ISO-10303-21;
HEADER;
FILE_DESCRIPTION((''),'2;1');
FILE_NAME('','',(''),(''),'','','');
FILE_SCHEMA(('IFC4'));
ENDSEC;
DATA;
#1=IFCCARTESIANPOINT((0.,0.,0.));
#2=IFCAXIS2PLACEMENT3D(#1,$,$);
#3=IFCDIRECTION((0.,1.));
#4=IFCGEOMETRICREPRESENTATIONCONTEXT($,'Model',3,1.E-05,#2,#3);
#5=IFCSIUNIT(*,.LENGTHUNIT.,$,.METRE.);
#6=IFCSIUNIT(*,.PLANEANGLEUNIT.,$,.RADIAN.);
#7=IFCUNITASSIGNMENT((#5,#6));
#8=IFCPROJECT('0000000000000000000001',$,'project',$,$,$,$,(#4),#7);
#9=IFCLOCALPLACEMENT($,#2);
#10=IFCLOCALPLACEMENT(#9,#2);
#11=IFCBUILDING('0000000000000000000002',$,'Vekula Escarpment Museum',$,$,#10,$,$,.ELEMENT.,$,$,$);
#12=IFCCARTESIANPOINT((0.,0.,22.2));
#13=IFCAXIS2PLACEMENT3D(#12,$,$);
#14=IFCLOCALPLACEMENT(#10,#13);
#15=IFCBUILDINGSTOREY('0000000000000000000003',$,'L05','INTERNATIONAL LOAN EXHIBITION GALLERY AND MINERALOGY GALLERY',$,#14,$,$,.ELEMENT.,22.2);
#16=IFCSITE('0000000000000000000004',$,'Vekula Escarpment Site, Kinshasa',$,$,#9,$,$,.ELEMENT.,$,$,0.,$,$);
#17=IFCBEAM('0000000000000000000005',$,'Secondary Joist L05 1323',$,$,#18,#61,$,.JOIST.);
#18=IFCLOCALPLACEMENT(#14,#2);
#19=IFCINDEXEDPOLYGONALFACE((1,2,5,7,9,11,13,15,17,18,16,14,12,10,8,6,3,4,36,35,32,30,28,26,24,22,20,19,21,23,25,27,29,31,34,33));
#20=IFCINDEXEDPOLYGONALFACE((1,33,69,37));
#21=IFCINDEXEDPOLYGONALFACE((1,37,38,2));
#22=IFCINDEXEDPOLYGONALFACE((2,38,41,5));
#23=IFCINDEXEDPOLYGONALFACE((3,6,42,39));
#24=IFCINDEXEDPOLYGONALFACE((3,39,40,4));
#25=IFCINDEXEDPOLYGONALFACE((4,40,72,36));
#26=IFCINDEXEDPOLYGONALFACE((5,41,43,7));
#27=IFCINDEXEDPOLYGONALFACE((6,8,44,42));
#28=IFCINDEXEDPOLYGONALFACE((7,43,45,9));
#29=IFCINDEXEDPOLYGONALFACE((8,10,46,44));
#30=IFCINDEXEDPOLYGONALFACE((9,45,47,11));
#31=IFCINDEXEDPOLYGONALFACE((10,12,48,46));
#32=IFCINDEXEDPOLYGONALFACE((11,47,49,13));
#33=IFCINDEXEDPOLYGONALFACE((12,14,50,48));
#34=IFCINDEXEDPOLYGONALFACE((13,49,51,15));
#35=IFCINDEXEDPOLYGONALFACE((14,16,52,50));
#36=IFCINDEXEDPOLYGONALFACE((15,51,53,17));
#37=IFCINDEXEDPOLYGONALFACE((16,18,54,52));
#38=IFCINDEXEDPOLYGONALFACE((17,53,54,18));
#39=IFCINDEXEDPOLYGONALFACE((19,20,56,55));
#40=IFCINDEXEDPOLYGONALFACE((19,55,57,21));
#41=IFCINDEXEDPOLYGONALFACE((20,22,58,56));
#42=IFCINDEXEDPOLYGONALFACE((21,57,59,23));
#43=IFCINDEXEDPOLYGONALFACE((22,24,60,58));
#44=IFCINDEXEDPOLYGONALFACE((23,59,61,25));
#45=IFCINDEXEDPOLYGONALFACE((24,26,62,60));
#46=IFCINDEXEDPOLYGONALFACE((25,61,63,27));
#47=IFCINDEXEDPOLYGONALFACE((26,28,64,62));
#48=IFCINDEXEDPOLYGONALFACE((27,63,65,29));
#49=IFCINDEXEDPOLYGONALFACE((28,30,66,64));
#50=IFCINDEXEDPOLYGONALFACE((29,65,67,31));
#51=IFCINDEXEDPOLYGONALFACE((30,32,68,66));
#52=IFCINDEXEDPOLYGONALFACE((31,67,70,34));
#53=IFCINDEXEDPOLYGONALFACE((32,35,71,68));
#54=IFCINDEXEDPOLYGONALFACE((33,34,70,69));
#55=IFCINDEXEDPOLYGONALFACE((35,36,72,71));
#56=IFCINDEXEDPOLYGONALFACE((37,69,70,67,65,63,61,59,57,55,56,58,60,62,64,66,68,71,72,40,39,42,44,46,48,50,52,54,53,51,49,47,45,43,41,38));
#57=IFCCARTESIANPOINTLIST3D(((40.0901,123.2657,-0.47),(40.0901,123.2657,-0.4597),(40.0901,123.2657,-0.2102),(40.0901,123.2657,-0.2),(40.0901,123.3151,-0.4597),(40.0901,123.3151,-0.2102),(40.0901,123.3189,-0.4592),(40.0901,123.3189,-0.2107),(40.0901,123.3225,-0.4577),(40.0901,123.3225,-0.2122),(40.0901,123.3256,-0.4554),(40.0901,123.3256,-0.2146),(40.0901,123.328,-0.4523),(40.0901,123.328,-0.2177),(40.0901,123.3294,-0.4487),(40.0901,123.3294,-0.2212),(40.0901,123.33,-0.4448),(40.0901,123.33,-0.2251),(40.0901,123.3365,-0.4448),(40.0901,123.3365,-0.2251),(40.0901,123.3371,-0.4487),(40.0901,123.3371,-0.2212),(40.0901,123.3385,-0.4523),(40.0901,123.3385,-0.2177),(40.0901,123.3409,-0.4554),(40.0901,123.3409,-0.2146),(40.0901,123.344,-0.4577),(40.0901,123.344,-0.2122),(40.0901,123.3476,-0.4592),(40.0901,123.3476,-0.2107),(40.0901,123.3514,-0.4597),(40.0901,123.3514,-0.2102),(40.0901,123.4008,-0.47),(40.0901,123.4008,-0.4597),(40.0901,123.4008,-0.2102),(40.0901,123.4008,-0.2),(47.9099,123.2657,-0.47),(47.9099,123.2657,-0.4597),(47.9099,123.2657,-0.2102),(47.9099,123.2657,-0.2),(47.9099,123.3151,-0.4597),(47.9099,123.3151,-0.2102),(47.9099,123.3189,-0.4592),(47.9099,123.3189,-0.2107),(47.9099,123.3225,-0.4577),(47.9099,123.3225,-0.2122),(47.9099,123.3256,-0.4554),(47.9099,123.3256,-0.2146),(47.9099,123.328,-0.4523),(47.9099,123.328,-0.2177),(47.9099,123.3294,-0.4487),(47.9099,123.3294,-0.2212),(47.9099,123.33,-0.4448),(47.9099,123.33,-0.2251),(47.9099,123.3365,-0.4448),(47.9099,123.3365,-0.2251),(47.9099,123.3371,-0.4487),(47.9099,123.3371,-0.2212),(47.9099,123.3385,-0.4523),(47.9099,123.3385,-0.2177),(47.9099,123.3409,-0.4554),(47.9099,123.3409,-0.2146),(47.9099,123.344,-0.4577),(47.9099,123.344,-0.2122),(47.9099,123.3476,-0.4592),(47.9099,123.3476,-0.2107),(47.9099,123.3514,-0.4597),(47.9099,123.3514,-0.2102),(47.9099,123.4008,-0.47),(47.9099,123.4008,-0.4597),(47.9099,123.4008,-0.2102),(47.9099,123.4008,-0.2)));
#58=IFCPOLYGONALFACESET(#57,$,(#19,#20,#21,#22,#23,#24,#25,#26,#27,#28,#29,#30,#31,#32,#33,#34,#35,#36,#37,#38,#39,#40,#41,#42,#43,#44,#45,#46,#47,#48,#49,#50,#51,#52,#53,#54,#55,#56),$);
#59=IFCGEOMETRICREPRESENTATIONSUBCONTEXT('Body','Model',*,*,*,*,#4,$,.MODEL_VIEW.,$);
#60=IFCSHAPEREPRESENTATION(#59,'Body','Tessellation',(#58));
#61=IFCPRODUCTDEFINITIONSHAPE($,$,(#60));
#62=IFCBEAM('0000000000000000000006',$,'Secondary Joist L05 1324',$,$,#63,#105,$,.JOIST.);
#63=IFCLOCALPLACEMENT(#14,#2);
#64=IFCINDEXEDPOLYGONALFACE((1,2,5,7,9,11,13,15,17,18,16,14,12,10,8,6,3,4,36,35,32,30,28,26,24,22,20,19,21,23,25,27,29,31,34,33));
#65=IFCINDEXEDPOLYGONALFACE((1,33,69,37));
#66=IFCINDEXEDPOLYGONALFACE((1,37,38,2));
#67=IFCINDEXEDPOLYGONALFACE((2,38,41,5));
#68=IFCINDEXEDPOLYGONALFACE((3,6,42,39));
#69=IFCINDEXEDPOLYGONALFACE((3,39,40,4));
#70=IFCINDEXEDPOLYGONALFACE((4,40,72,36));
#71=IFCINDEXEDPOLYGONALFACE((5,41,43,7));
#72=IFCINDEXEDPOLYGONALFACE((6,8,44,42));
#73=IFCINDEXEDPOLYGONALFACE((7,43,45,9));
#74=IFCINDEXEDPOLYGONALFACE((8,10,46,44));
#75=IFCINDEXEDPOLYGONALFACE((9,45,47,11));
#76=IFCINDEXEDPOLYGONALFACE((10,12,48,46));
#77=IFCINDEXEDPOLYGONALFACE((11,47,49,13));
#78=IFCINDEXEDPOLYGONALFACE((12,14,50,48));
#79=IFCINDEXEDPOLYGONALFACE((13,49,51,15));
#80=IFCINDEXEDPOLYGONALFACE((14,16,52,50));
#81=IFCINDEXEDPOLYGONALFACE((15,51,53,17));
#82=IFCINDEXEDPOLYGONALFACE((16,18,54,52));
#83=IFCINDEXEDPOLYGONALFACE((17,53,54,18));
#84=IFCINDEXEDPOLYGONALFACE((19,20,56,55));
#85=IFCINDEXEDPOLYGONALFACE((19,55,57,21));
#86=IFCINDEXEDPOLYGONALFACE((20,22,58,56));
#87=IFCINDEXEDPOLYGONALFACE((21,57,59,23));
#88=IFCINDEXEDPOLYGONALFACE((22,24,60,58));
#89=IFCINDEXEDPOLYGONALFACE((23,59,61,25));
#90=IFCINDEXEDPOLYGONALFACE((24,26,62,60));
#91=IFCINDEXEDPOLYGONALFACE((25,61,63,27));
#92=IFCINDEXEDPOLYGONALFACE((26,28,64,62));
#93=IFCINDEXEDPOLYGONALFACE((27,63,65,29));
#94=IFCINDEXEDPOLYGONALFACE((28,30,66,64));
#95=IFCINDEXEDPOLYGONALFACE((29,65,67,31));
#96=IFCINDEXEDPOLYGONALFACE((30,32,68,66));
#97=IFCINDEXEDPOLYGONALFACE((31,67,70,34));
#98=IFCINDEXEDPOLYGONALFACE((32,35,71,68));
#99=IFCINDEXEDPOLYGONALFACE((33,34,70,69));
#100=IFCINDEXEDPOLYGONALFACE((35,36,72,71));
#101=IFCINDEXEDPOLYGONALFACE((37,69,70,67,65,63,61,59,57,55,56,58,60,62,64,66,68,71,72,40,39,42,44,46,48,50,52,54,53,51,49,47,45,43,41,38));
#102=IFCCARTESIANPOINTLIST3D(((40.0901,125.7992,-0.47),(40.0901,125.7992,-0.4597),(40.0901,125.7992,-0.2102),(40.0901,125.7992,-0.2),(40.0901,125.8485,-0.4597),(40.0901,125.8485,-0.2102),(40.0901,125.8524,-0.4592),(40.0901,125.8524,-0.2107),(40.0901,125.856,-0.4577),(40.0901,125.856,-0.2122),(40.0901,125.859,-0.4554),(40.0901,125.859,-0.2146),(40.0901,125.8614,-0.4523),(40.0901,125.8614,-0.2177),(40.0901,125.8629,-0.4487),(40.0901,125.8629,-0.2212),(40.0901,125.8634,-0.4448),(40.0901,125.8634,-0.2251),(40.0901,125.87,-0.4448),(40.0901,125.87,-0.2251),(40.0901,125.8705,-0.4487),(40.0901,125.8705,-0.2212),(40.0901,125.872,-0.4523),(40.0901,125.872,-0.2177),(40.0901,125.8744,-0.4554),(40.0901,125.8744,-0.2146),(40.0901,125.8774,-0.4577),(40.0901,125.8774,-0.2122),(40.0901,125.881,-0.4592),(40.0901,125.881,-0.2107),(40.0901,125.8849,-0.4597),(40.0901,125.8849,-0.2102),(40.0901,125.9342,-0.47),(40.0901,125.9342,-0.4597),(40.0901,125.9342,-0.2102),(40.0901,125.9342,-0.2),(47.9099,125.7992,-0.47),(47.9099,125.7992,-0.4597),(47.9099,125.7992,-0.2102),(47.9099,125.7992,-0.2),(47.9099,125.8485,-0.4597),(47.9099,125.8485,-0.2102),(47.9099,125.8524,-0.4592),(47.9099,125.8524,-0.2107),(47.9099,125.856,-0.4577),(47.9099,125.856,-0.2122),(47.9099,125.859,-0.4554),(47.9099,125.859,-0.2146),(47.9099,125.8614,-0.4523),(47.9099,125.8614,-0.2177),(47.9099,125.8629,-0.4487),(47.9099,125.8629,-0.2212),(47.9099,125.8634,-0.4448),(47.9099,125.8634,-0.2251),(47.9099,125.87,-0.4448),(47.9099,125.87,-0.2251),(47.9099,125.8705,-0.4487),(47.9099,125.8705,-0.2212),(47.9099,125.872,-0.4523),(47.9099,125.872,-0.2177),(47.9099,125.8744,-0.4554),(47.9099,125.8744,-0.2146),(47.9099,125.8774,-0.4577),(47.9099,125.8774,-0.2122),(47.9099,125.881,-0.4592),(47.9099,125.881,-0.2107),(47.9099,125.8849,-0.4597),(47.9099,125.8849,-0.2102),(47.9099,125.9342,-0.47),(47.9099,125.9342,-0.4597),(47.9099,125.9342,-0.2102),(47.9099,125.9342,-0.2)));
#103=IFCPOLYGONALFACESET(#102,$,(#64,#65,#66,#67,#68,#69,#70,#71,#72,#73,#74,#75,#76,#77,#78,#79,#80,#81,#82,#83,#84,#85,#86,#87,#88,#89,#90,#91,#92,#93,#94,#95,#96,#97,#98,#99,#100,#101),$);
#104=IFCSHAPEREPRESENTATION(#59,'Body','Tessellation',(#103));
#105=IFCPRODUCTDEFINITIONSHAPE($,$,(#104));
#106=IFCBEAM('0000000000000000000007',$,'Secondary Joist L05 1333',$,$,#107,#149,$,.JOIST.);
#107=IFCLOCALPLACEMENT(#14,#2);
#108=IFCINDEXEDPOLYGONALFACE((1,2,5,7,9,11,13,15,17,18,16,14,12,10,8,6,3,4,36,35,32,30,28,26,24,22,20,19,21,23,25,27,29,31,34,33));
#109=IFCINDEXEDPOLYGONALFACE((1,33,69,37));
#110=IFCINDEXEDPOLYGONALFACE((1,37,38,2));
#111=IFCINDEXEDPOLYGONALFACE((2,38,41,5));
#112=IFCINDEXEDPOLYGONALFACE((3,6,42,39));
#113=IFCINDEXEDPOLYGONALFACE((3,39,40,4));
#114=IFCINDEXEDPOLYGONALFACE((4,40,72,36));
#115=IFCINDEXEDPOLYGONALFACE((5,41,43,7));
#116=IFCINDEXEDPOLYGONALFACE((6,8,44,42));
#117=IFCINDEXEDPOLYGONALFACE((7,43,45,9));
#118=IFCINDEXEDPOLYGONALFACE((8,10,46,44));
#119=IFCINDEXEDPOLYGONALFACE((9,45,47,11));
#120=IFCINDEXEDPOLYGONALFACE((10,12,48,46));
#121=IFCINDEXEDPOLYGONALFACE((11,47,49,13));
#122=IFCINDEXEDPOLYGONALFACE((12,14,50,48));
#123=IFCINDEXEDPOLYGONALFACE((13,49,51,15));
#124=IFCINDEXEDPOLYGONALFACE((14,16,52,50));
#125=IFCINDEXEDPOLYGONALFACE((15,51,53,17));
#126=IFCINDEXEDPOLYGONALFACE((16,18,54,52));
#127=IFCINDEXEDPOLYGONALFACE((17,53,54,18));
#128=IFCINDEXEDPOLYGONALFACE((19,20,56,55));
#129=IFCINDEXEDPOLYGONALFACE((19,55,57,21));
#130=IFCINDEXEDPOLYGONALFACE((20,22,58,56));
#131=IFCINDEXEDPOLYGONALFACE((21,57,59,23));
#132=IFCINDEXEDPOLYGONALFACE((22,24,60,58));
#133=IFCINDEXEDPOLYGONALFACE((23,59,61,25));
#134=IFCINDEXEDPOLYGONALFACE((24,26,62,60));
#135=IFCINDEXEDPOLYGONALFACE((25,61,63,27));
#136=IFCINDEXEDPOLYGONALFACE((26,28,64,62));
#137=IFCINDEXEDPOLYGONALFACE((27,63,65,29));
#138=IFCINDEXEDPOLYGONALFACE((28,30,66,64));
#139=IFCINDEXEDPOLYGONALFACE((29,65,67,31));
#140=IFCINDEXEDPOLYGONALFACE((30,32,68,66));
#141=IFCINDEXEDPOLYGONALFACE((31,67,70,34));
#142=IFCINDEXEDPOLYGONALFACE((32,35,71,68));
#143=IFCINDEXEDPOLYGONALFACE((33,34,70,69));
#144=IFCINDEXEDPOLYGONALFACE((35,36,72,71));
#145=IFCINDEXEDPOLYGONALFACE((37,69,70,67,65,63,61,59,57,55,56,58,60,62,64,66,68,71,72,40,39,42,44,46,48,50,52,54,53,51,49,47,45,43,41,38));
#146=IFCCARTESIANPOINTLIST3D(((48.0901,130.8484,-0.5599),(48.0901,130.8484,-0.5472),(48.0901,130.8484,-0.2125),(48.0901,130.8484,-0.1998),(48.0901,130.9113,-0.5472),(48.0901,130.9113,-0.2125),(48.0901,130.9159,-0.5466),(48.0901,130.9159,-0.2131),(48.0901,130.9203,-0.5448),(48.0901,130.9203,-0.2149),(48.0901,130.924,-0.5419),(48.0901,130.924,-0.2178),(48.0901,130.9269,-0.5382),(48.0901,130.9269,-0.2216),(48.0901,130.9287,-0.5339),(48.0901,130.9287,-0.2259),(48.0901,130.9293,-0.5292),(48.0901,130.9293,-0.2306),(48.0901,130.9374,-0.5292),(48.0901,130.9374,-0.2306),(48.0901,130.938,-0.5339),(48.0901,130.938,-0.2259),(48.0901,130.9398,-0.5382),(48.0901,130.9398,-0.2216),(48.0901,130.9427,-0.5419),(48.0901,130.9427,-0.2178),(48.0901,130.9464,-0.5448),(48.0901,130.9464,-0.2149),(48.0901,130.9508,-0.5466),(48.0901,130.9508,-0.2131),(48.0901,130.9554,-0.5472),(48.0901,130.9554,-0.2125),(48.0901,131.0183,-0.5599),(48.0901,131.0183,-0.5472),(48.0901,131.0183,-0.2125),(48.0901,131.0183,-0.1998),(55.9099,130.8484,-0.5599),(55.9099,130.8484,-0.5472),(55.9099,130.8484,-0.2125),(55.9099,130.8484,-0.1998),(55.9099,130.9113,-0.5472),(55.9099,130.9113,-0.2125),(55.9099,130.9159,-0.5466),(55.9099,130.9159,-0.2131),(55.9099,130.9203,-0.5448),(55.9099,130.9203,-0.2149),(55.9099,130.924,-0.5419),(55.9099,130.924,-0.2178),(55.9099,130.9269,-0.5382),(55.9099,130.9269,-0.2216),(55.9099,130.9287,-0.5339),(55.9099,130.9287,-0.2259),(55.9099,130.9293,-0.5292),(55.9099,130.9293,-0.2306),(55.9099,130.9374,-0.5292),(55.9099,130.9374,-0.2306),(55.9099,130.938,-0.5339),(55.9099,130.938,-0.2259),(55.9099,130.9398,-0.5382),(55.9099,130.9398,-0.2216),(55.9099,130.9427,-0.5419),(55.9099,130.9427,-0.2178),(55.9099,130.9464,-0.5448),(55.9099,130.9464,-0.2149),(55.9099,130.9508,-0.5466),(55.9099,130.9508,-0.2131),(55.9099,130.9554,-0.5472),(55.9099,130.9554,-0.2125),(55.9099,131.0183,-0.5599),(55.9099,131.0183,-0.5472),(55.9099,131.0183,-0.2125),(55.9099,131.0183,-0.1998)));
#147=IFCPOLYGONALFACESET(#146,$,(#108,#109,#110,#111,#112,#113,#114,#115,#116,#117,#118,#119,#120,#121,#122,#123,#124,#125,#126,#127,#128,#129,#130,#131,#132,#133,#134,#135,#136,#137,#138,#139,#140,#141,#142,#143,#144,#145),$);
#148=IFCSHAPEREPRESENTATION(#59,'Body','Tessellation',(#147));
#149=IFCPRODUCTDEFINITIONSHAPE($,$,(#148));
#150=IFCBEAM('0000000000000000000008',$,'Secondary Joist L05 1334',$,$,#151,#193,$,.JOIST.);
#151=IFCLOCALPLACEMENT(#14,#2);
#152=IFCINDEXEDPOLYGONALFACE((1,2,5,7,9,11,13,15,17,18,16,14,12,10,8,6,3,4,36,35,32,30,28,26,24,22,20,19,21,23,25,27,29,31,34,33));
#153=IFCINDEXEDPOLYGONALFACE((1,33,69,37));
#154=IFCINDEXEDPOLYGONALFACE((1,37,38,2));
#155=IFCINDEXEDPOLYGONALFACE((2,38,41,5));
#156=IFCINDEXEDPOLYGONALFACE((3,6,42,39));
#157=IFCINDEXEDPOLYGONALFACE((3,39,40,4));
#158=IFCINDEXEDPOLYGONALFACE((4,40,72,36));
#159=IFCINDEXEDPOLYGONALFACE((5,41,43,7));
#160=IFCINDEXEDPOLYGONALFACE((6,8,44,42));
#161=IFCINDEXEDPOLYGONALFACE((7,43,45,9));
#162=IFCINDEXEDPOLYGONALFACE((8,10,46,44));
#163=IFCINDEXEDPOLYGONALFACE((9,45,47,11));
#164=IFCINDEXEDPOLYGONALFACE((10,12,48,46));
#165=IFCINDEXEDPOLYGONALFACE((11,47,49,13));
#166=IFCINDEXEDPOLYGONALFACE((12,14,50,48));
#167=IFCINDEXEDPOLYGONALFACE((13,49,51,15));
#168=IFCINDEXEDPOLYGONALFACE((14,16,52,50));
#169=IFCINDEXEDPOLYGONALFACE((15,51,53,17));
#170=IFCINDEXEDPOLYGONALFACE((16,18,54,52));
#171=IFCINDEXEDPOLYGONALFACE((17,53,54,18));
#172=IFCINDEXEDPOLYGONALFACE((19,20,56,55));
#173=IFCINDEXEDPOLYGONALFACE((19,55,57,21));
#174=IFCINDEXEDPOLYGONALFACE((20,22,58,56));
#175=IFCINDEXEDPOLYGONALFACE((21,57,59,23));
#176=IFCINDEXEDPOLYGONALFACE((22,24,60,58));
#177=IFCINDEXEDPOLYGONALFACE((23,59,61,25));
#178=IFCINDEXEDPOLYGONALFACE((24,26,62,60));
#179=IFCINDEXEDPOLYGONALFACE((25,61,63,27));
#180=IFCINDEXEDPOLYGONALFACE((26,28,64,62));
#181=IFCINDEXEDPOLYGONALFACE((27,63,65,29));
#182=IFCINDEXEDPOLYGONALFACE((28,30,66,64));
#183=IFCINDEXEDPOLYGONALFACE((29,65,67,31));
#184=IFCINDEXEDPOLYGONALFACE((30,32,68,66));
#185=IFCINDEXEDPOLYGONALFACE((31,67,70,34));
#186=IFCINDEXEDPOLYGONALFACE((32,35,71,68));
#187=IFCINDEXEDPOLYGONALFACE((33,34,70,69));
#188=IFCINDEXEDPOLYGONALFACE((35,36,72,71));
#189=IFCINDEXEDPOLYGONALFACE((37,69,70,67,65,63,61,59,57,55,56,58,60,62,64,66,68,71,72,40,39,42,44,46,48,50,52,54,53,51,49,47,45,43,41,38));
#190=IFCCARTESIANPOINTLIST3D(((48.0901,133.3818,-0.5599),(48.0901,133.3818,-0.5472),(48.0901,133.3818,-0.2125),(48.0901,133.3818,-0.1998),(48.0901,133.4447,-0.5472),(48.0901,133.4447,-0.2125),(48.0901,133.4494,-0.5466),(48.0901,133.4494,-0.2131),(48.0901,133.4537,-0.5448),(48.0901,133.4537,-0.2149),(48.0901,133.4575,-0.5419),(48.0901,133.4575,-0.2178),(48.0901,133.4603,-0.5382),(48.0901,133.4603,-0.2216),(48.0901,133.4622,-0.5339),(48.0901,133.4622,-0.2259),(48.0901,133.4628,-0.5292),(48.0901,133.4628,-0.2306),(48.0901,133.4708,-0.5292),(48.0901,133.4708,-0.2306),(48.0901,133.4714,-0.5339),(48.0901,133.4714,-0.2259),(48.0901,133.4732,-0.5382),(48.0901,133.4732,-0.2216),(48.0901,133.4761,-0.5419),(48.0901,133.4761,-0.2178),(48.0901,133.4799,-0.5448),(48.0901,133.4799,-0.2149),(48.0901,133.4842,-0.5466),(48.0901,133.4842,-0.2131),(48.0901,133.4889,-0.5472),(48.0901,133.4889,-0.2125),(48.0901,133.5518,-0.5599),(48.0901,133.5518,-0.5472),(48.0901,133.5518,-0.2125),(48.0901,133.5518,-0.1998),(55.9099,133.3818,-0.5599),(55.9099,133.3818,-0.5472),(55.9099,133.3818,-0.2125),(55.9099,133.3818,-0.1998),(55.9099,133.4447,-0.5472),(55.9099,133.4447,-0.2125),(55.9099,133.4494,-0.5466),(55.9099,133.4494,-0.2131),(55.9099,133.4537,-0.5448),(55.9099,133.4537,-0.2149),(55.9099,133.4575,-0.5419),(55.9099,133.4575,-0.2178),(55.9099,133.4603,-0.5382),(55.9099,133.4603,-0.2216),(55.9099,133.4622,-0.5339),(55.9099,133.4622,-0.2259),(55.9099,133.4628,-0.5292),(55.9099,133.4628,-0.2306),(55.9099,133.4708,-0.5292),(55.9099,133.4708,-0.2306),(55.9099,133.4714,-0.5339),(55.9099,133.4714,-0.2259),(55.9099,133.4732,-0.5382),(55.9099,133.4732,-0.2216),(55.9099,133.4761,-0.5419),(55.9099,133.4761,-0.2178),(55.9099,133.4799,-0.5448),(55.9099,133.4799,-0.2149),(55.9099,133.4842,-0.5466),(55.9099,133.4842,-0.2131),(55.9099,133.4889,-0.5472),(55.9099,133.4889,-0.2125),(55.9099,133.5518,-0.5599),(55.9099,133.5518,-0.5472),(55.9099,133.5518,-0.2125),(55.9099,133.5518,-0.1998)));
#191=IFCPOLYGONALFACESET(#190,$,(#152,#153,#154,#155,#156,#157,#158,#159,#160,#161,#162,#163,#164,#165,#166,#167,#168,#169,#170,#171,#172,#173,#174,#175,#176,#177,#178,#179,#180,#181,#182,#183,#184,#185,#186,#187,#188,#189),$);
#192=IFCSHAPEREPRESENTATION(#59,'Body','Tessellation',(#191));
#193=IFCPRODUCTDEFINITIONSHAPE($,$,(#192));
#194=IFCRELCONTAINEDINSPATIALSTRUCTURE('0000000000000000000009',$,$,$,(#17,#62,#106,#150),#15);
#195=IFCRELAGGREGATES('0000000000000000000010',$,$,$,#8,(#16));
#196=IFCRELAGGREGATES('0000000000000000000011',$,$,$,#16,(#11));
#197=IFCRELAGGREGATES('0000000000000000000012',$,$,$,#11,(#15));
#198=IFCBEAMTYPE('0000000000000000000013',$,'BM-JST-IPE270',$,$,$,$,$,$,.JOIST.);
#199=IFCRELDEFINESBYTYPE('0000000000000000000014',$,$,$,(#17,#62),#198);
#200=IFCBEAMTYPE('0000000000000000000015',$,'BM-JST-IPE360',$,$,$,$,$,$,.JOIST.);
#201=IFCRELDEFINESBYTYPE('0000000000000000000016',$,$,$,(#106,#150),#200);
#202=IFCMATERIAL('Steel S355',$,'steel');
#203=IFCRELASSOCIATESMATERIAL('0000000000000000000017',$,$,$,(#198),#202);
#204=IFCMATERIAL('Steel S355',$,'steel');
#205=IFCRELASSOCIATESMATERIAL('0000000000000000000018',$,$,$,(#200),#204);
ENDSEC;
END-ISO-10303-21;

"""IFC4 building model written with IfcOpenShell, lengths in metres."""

from ifc_helpers import new_model, si_unit, direction, frame, origin, origin_2d, place, context, subcontext, project, spatial, i_section, extrude, material, material_profile, profile_set, type_object, element, save


model = new_model("IFC4")

# Units and contexts
model_context = context("Model", 3, precision=1e-05, world=origin(), true_north=direction((0.0, 1.0)))
body_context = subcontext(model_context, "Body", "Model", "MODEL_VIEW")
ifc_project = project(units=[si_unit("LENGTHUNIT", "METRE"), si_unit("PLANEANGLEUNIT", "RADIAN")], contexts=[model_context])

# Site, building, storey
site_placement = place(None, origin())
site = spatial("IfcSite", under=ifc_project, at=site_placement, Name="Vekula Escarpment Site, Kinshasa", CompositionType="ELEMENT", RefElevation=0.0)
building_placement = place(site_placement, origin())
building = spatial("IfcBuilding", under=site, at=building_placement, Name="Vekula Escarpment Museum", CompositionType="ELEMENT")
storey_placement = place(building_placement, frame((0.0, 0.0, 22.2)))
storey = spatial("IfcBuildingStorey", under=building, at=storey_placement, Name="L05", Description="INTERNATIONAL LOAN EXHIBITION GALLERY AND MINERALOGY GALLERY", CompositionType="ELEMENT", Elevation=22.2)

# Beams
ifc_material_1 = material(Name="Steel S355", Category="steel")
ifc_material_profile_1 = material_profile(ifc_material_1, i_section(OverallWidth=0.135, OverallDepth=0.27, WebThickness=0.0066, FlangeThickness=0.0103, FilletRadius=0.0149, at=origin_2d()), Name="IPE 270")
ifc_profile_set_1 = profile_set([ifc_material_profile_1], Name="Steel S355")
beam_type_1 = type_object("IfcBeamType", Name="BM-JST-IPE270", PredefinedType="JOIST", material=ifc_profile_set_1)
for number, where, z_axis, x_axis, name in (
    (1, (40.0901, 123.3333, -0.335), (1.0, 0.0, 0.0), (0.0, 1.0, 0.0), "Secondary Joist L05 1323"),
    (2, (40.0901, 125.8667, -0.335), (1.0, 0.0, 0.0), (0.0, 1.0, 0.0), "Secondary Joist L05 1324"),
):
    element("IfcBeam", number, at=place(storey_placement, frame(where, z_axis=z_axis, x_axis=x_axis)), inside=storey, type_object=beam_type_1, Name=name, PredefinedType="JOIST", context=body_context, shape_type="SweptSolid", body=[
        extrude(i_section(OverallWidth=0.135, OverallDepth=0.27, WebThickness=0.0066, FlangeThickness=0.0103, FilletRadius=0.0149, at=origin_2d()), origin(), (0.0, 0.0, 1.0), 7.8198),
    ])
ifc_material_2 = material(Name="Steel S355", Category="steel")
ifc_material_profile_2 = material_profile(ifc_material_2, i_section(OverallWidth=0.1699, OverallDepth=0.3601, WebThickness=0.0081, FlangeThickness=0.0127, FilletRadius=0.0181, at=origin_2d()), Name="IPE 360")
ifc_profile_set_2 = profile_set([ifc_material_profile_2], Name="Steel S355")
beam_type_2 = type_object("IfcBeamType", Name="BM-JST-IPE360", PredefinedType="JOIST", material=ifc_profile_set_2)
for number, where, z_axis, x_axis, name in (
    (3, (48.0901, 130.9333, -0.3799), (1.0, 0.0, 0.0), (0.0, 1.0, 0.0), "Secondary Joist L05 1333"),
    (4, (48.0901, 133.4668, -0.3799), (1.0, 0.0, 0.0), (0.0, 1.0, 0.0), "Secondary Joist L05 1334"),
):
    element("IfcBeam", number, at=place(storey_placement, frame(where, z_axis=z_axis, x_axis=x_axis)), inside=storey, type_object=beam_type_2, Name=name, PredefinedType="JOIST", context=body_context, shape_type="SweptSolid", body=[
        extrude(i_section(OverallWidth=0.1699, OverallDepth=0.3601, WebThickness=0.0081, FlangeThickness=0.0127, FilletRadius=0.0181, at=origin_2d()), origin(), (0.0, 0.0, 1.0), 7.8198),
    ])

save(model, "model.ifc")
